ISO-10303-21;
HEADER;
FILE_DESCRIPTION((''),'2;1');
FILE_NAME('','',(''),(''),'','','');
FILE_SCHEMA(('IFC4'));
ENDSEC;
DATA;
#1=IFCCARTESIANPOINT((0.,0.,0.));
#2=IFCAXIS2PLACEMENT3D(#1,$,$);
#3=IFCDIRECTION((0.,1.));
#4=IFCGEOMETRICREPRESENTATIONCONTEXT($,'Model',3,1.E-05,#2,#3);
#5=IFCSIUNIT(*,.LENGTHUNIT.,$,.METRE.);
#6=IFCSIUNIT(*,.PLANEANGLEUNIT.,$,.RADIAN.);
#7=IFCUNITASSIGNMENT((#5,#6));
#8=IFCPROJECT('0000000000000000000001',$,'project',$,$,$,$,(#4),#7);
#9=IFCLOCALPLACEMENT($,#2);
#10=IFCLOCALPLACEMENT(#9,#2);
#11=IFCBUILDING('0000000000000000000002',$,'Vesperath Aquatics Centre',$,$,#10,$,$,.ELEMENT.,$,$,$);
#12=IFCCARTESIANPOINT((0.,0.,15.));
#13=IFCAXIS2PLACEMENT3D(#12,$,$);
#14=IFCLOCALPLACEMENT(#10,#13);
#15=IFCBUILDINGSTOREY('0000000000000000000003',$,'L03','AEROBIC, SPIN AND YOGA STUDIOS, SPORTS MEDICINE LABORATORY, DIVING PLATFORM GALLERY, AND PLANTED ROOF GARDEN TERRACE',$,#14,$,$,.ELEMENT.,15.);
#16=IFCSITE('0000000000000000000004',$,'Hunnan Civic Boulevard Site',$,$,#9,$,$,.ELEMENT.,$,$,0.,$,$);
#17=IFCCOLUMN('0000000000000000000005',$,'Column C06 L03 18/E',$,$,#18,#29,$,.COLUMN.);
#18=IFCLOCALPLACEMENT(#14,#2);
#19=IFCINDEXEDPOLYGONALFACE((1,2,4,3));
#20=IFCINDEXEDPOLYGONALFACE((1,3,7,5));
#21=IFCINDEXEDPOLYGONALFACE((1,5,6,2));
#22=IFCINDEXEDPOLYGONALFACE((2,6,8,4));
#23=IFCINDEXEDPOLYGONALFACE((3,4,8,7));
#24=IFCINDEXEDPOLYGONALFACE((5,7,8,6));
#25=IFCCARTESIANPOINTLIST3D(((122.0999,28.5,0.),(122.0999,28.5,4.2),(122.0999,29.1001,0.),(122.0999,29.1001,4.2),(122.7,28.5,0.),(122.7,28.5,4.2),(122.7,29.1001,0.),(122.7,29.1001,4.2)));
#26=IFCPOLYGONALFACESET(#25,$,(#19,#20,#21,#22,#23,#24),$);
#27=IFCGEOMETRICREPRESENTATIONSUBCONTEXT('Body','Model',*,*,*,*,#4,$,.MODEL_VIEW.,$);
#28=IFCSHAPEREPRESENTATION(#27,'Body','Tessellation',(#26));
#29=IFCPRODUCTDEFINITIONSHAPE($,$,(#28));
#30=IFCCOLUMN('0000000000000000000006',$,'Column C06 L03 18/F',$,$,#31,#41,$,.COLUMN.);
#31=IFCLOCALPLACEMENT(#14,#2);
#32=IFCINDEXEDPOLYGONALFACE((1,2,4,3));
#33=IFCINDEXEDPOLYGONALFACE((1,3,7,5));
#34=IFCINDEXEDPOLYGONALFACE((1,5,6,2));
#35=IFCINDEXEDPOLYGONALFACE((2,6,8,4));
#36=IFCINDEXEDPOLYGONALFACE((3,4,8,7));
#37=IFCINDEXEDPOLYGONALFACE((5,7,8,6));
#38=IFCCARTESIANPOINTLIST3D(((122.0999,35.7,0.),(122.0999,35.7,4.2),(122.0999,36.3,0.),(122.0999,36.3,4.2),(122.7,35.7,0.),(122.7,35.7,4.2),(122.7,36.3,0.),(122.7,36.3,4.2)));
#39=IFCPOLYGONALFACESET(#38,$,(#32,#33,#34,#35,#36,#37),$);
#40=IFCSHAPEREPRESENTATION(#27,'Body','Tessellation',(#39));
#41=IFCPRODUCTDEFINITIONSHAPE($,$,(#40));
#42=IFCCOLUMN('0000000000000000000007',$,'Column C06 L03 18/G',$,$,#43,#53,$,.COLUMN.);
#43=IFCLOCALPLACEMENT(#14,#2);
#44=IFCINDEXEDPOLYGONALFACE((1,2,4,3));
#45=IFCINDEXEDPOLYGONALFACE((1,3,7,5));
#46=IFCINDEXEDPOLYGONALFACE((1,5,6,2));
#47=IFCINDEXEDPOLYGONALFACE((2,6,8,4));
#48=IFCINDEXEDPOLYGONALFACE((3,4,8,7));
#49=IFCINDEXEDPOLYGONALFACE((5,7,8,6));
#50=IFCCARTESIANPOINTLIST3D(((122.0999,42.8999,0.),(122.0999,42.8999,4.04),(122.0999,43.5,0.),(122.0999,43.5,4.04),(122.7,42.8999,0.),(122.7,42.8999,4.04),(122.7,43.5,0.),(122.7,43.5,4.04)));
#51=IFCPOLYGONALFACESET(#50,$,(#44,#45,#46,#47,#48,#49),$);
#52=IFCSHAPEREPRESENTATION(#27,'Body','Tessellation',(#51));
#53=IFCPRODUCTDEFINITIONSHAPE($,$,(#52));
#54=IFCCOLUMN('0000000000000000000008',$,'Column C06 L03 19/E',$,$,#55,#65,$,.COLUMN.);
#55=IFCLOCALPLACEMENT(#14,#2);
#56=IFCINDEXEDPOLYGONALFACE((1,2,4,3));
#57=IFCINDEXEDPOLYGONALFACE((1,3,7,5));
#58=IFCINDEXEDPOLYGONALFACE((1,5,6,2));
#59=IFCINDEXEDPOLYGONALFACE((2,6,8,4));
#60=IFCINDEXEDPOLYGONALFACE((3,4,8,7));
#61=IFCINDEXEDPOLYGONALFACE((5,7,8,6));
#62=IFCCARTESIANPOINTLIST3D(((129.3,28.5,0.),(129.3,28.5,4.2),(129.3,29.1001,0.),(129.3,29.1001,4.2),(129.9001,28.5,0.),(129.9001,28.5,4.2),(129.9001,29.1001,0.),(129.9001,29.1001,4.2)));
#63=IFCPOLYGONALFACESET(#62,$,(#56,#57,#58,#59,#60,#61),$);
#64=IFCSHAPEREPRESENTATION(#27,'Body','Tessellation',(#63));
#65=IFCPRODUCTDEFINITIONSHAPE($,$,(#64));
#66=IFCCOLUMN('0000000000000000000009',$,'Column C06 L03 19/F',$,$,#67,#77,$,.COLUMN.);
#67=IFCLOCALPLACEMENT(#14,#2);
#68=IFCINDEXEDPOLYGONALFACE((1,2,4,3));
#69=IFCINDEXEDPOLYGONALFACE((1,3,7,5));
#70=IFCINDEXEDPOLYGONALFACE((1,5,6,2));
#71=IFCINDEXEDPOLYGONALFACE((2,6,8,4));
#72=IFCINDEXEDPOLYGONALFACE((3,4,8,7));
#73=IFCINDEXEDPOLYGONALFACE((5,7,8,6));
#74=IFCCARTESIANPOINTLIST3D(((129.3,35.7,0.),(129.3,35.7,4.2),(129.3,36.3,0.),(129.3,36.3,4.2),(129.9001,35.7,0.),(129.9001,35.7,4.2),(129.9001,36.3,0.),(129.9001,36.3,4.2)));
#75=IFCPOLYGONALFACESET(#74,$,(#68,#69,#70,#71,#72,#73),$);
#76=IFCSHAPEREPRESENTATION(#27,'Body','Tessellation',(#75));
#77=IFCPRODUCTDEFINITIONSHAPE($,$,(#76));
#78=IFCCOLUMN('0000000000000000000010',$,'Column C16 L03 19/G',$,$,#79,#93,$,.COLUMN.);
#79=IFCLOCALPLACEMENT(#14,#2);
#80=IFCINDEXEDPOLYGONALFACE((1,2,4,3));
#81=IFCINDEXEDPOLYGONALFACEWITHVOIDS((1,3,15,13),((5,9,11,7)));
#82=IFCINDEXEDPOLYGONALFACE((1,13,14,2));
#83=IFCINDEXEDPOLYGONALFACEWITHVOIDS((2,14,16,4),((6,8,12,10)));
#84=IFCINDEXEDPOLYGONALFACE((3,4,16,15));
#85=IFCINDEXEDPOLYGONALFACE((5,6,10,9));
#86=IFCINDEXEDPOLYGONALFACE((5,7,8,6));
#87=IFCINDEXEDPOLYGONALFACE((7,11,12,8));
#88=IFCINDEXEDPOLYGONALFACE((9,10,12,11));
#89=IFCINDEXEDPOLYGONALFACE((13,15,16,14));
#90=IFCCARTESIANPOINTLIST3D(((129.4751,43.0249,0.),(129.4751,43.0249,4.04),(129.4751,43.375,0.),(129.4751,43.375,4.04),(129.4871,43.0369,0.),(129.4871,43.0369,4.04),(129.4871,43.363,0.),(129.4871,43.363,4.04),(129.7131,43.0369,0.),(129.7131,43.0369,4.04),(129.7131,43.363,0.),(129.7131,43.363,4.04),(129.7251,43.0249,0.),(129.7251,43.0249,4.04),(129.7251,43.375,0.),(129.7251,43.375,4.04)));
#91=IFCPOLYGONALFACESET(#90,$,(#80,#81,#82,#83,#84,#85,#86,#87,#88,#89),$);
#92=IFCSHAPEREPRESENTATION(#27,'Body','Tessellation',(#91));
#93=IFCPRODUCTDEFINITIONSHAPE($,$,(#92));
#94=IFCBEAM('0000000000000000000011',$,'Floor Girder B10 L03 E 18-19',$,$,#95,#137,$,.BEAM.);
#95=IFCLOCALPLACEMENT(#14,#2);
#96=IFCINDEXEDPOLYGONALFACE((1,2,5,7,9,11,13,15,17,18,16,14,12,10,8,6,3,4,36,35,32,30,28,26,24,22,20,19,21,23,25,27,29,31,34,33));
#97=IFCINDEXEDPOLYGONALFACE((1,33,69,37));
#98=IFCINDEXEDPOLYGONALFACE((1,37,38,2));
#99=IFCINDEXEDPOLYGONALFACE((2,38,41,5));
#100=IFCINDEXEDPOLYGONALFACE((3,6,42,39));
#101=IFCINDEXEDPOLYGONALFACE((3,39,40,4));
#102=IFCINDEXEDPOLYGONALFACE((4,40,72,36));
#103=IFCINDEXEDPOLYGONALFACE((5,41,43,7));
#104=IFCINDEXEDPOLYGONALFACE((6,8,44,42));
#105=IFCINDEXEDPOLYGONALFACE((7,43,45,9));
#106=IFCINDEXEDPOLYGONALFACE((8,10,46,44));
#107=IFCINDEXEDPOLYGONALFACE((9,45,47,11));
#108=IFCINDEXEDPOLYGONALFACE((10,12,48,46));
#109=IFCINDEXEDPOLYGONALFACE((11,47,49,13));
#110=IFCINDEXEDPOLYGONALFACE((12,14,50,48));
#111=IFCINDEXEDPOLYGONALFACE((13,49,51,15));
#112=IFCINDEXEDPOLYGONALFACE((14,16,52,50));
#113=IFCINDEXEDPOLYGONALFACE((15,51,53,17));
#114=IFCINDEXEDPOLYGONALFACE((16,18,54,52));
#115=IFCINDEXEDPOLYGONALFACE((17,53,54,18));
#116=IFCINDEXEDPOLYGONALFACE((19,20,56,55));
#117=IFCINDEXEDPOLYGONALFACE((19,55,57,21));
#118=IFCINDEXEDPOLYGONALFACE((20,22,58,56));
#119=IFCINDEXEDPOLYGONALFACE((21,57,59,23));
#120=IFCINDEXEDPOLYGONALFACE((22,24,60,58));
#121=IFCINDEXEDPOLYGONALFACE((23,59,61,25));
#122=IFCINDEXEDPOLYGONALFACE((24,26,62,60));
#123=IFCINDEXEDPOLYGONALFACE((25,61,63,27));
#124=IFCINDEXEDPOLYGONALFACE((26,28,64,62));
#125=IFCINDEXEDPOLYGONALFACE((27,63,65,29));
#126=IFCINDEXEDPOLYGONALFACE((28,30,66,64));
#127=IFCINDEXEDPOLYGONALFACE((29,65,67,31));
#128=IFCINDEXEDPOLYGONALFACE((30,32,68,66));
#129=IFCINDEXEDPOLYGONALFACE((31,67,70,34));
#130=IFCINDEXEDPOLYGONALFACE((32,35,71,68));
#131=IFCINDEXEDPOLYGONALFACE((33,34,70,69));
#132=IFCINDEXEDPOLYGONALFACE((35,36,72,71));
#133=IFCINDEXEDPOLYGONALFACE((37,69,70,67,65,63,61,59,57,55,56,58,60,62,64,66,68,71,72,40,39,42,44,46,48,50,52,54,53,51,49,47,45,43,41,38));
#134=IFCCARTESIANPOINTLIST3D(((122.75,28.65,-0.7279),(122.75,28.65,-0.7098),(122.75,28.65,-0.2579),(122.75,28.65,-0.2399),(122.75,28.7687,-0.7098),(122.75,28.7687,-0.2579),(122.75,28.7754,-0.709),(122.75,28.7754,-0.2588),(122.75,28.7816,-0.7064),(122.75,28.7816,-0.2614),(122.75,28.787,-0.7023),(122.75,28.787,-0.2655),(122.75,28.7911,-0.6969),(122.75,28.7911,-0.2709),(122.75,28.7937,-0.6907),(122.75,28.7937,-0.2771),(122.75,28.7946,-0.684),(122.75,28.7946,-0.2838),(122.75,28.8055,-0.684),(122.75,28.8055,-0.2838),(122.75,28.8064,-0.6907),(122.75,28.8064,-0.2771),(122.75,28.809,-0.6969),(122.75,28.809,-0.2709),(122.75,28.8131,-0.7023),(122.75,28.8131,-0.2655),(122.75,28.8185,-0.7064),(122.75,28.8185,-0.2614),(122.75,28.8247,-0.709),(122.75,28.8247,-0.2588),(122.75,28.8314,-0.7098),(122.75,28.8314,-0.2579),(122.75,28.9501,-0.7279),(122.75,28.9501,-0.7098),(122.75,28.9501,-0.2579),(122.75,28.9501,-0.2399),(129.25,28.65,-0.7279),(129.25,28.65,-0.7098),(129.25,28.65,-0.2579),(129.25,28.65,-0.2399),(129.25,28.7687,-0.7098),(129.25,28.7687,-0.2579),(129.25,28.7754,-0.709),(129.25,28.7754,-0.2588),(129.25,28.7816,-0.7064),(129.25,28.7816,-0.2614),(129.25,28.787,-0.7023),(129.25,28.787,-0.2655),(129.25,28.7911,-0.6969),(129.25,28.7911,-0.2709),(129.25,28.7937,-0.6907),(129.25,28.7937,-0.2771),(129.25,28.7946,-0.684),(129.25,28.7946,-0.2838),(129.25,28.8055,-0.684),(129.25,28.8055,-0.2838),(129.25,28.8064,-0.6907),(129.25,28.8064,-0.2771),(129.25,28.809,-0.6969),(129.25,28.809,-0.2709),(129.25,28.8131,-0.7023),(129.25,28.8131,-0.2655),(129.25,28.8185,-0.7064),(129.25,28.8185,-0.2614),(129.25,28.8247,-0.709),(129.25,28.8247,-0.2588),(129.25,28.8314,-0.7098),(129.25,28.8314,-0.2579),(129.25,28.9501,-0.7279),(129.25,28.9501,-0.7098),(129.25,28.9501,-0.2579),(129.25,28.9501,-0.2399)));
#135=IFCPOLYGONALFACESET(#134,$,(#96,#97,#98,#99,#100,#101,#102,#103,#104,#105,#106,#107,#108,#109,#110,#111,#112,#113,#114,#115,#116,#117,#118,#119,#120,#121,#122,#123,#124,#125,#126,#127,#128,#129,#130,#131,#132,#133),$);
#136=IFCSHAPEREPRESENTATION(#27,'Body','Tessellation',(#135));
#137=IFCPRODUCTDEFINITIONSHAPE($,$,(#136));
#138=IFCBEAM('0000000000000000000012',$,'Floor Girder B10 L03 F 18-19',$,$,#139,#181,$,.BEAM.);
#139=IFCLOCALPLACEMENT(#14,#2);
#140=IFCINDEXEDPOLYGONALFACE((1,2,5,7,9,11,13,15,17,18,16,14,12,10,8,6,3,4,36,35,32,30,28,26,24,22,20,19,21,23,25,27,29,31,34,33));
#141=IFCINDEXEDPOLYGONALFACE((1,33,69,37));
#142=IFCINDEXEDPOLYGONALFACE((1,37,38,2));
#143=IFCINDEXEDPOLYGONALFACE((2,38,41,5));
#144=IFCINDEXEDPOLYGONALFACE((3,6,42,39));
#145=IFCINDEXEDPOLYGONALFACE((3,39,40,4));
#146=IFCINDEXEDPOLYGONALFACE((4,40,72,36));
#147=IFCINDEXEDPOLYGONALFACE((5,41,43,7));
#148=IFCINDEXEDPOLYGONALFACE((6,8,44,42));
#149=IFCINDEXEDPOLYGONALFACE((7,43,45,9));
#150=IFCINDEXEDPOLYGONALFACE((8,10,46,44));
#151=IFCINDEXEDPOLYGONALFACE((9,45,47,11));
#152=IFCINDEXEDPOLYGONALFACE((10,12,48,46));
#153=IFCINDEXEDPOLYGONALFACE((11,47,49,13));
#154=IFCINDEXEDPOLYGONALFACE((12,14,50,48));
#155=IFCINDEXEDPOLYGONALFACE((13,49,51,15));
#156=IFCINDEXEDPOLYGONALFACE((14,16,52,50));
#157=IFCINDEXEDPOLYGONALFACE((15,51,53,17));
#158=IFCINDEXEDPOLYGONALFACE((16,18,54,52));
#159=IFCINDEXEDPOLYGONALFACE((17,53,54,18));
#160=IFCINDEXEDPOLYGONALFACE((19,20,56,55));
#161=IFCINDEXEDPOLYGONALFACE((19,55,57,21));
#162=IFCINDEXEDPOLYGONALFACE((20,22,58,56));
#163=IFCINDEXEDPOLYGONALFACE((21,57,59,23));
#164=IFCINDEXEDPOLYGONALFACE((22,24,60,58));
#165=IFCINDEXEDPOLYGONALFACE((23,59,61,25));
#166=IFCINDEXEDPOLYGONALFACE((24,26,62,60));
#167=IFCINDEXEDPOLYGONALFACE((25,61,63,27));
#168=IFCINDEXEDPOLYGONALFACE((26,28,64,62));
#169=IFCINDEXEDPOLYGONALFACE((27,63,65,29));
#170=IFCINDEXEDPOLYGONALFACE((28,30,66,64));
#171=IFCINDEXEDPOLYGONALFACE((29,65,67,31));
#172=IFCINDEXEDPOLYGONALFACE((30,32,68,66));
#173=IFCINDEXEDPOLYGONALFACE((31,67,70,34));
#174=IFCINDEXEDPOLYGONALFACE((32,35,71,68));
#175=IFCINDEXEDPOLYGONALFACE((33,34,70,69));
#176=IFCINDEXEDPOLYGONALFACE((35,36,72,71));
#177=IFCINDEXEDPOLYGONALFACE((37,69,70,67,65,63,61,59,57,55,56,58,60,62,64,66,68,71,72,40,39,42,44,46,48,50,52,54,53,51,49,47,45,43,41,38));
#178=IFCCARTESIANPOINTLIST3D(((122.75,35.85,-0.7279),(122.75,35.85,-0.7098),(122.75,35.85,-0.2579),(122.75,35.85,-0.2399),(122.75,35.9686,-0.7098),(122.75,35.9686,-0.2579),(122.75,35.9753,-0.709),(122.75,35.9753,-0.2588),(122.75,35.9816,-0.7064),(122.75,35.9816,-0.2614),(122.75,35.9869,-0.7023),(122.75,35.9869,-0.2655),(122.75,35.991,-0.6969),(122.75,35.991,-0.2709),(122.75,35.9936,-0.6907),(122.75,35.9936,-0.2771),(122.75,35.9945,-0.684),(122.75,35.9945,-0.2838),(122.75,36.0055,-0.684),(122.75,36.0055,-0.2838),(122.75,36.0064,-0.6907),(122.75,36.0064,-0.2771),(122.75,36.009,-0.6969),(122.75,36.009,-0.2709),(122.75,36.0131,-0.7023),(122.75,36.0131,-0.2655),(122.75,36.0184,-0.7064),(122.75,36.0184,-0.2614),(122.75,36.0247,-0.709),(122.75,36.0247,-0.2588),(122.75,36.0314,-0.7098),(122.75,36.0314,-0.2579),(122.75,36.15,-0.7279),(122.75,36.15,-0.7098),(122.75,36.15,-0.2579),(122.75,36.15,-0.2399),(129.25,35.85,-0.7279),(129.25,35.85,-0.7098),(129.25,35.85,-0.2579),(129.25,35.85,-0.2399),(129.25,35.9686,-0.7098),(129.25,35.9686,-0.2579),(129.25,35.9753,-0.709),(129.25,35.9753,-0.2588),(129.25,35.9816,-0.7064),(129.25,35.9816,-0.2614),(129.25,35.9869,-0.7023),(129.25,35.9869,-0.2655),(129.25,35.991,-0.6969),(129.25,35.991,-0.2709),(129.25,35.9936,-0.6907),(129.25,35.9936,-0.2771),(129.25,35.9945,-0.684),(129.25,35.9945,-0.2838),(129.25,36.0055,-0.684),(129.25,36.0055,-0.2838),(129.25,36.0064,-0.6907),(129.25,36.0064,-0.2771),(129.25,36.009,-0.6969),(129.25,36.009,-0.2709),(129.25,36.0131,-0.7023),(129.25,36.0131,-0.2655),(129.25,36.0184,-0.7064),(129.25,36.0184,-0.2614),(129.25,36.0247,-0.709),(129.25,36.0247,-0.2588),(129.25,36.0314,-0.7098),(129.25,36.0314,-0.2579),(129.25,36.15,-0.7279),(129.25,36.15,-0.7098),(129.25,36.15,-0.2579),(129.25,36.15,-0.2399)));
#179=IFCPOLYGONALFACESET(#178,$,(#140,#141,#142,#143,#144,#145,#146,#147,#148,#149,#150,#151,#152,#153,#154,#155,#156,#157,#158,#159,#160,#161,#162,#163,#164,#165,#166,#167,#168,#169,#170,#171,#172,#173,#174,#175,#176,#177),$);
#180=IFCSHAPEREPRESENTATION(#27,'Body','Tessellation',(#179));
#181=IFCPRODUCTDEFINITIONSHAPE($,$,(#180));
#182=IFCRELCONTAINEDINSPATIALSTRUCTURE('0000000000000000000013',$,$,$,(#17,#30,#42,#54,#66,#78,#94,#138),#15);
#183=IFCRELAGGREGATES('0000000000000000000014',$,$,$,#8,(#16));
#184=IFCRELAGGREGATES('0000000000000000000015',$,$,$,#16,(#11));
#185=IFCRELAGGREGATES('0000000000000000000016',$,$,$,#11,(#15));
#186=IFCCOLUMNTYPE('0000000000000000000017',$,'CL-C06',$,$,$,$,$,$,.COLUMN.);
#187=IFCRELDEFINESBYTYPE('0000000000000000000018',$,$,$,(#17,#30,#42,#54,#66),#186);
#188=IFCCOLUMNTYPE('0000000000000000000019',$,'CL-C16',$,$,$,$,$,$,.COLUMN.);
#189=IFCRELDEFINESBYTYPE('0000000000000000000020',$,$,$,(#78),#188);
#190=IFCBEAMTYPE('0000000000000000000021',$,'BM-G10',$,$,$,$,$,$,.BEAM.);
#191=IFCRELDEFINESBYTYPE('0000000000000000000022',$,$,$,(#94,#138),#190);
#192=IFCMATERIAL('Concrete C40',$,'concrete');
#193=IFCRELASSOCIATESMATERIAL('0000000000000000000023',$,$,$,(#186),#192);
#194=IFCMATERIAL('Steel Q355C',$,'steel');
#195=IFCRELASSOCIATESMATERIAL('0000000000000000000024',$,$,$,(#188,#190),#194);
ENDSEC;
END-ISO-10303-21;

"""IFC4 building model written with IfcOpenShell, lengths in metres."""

from ifc_helpers import new_model, si_unit, direction, frame, origin, origin_2d, place, context, subcontext, project, spatial, rectangle, hollow_rectangle, i_section, extrude, material, material_profile, profile_set, type_object, element, save


model = new_model("IFC4")

# Units and contexts
model_context = context("Model", 3, precision=1e-05, world=origin(), true_north=direction((0.0, 1.0)))
body_context = subcontext(model_context, "Body", "Model", "MODEL_VIEW")
ifc_project = project(units=[si_unit("LENGTHUNIT", "METRE"), si_unit("PLANEANGLEUNIT", "RADIAN")], contexts=[model_context])

# Site, building, storey
site_placement = place(None, origin())
site = spatial("IfcSite", under=ifc_project, at=site_placement, Name="Hunnan Civic Boulevard Site", CompositionType="ELEMENT", RefElevation=0.0)
building_placement = place(site_placement, origin())
building = spatial("IfcBuilding", under=site, at=building_placement, Name="Vesperath Aquatics Centre", CompositionType="ELEMENT")
storey_placement = place(building_placement, frame((0.0, 0.0, 15.0)))
storey = spatial("IfcBuildingStorey", under=building, at=storey_placement, Name="L03", Description="AEROBIC, SPIN AND YOGA STUDIOS, SPORTS MEDICINE LABORATORY, DIVING PLATFORM GALLERY, AND PLANTED ROOF GARDEN TERRACE", CompositionType="ELEMENT", Elevation=15.0)

# Columns
ifc_material_1 = material(Name="Concrete C40", Category="concrete")
ifc_material_profile_1 = material_profile(ifc_material_1, rectangle(XDim=0.6001, YDim=0.6001, at=origin_2d()), Name="RC 600x600")
ifc_profile_set_1 = profile_set([ifc_material_profile_1], Name="Concrete C40")
column_type_1 = type_object("IfcColumnType", Name="CL-C06", PredefinedType="COLUMN", material=ifc_profile_set_1)
for number, where, z_axis, x_axis, name in (
    (1, (122.3999, 28.8, 0.0), (0.0, 0.0, 1.0), (1.0, 0.0, 0.0), "Column C06 L03 18/E"),
    (2, (122.3999, 36.0, 0.0), (0.0, 0.0, 1.0), (1.0, 0.0, 0.0), "Column C06 L03 18/F"),
):
    element("IfcColumn", number, at=place(storey_placement, frame(where, z_axis=z_axis, x_axis=x_axis)), inside=storey, type_object=column_type_1, Name=name, PredefinedType="COLUMN", context=body_context, shape_type="SweptSolid", body=[
        extrude(rectangle(XDim=0.6001, YDim=0.6001, at=origin_2d()), origin(), (0.0, 0.0, 1.0), 4.2),
    ])
column_1_placement = place(storey_placement, frame((122.3999, 43.2, 0.0), z_axis=(0.0, 0.0, 1.0), x_axis=(1.0, 0.0, 0.0)))
element("IfcColumn", 3, at=column_1_placement, inside=storey, type_object=column_type_1, Name="Column C06 L03 18/G", PredefinedType="COLUMN", context=body_context, shape_type="SweptSolid", body=[
    extrude(rectangle(XDim=0.6001, YDim=0.6001, at=origin_2d()), origin(), (0.0, 0.0, 1.0), 4.04),
])
for number, where, z_axis, x_axis, name in (
    (4, (129.6001, 28.8, 0.0), (0.0, 0.0, 1.0), (1.0, 0.0, 0.0), "Column C06 L03 19/E"),
    (5, (129.6001, 36.0, 0.0), (0.0, 0.0, 1.0), (1.0, 0.0, 0.0), "Column C06 L03 19/F"),
):
    element("IfcColumn", number, at=place(storey_placement, frame(where, z_axis=z_axis, x_axis=x_axis)), inside=storey, type_object=column_type_1, Name=name, PredefinedType="COLUMN", context=body_context, shape_type="SweptSolid", body=[
        extrude(rectangle(XDim=0.6001, YDim=0.6001, at=origin_2d()), origin(), (0.0, 0.0, 1.0), 4.2),
    ])
ifc_material_2 = material(Name="Steel Q355C", Category="steel")
ifc_material_profile_2 = material_profile(ifc_material_2, hollow_rectangle(XDim=0.25, YDim=0.3501, WallThickness=0.012, at=origin_2d()), Name="RHS 350x250x12")
ifc_profile_set_2 = profile_set([ifc_material_profile_2], Name="Steel Q355C")
column_type_2 = type_object("IfcColumnType", Name="CL-C16", PredefinedType="COLUMN", material=ifc_profile_set_2)
column_2_placement = place(storey_placement, frame((129.6001, 43.2, 0.0), z_axis=(0.0, 0.0, 1.0), x_axis=(1.0, 0.0, 0.0)))
element("IfcColumn", 6, at=column_2_placement, inside=storey, type_object=column_type_2, Name="Column C16 L03 19/G", PredefinedType="COLUMN", context=body_context, shape_type="SweptSolid", body=[
    extrude(hollow_rectangle(XDim=0.25, YDim=0.3501, WallThickness=0.012, at=origin_2d()), origin(), (0.0, 0.0, 1.0), 4.04),
])

# Beams
ifc_material_profile_3 = material_profile(ifc_material_2, i_section(OverallWidth=0.3, OverallDepth=0.488, WebThickness=0.011, FlangeThickness=0.0181, FilletRadius=0.0259, at=origin_2d()), Name="HM 488x300x11x18")
ifc_profile_set_3 = profile_set([ifc_material_profile_3], Name="Steel Q355C")
beam_type_1 = type_object("IfcBeamType", Name="BM-G10", PredefinedType="BEAM", material=ifc_profile_set_3)
for number, where, z_axis, x_axis, name in (
    (7, (122.75, 28.8, -0.4839), (1.0, 0.0, 0.0), (0.0, 1.0, 0.0), "Floor Girder B10 L03 E 18-19"),
    (8, (122.75, 36.0, -0.4839), (1.0, 0.0, 0.0), (0.0, 1.0, 0.0), "Floor Girder B10 L03 F 18-19"),
):
    element("IfcBeam", number, at=place(storey_placement, frame(where, z_axis=z_axis, x_axis=x_axis)), inside=storey, type_object=beam_type_1, Name=name, PredefinedType="BEAM", context=body_context, shape_type="SweptSolid", body=[
        extrude(i_section(OverallWidth=0.3, OverallDepth=0.488, WebThickness=0.011, FlangeThickness=0.0181, FilletRadius=0.0259, at=origin_2d()), origin(), (0.0, 0.0, 1.0), 6.5),
    ])

save(model, "model.ifc")
